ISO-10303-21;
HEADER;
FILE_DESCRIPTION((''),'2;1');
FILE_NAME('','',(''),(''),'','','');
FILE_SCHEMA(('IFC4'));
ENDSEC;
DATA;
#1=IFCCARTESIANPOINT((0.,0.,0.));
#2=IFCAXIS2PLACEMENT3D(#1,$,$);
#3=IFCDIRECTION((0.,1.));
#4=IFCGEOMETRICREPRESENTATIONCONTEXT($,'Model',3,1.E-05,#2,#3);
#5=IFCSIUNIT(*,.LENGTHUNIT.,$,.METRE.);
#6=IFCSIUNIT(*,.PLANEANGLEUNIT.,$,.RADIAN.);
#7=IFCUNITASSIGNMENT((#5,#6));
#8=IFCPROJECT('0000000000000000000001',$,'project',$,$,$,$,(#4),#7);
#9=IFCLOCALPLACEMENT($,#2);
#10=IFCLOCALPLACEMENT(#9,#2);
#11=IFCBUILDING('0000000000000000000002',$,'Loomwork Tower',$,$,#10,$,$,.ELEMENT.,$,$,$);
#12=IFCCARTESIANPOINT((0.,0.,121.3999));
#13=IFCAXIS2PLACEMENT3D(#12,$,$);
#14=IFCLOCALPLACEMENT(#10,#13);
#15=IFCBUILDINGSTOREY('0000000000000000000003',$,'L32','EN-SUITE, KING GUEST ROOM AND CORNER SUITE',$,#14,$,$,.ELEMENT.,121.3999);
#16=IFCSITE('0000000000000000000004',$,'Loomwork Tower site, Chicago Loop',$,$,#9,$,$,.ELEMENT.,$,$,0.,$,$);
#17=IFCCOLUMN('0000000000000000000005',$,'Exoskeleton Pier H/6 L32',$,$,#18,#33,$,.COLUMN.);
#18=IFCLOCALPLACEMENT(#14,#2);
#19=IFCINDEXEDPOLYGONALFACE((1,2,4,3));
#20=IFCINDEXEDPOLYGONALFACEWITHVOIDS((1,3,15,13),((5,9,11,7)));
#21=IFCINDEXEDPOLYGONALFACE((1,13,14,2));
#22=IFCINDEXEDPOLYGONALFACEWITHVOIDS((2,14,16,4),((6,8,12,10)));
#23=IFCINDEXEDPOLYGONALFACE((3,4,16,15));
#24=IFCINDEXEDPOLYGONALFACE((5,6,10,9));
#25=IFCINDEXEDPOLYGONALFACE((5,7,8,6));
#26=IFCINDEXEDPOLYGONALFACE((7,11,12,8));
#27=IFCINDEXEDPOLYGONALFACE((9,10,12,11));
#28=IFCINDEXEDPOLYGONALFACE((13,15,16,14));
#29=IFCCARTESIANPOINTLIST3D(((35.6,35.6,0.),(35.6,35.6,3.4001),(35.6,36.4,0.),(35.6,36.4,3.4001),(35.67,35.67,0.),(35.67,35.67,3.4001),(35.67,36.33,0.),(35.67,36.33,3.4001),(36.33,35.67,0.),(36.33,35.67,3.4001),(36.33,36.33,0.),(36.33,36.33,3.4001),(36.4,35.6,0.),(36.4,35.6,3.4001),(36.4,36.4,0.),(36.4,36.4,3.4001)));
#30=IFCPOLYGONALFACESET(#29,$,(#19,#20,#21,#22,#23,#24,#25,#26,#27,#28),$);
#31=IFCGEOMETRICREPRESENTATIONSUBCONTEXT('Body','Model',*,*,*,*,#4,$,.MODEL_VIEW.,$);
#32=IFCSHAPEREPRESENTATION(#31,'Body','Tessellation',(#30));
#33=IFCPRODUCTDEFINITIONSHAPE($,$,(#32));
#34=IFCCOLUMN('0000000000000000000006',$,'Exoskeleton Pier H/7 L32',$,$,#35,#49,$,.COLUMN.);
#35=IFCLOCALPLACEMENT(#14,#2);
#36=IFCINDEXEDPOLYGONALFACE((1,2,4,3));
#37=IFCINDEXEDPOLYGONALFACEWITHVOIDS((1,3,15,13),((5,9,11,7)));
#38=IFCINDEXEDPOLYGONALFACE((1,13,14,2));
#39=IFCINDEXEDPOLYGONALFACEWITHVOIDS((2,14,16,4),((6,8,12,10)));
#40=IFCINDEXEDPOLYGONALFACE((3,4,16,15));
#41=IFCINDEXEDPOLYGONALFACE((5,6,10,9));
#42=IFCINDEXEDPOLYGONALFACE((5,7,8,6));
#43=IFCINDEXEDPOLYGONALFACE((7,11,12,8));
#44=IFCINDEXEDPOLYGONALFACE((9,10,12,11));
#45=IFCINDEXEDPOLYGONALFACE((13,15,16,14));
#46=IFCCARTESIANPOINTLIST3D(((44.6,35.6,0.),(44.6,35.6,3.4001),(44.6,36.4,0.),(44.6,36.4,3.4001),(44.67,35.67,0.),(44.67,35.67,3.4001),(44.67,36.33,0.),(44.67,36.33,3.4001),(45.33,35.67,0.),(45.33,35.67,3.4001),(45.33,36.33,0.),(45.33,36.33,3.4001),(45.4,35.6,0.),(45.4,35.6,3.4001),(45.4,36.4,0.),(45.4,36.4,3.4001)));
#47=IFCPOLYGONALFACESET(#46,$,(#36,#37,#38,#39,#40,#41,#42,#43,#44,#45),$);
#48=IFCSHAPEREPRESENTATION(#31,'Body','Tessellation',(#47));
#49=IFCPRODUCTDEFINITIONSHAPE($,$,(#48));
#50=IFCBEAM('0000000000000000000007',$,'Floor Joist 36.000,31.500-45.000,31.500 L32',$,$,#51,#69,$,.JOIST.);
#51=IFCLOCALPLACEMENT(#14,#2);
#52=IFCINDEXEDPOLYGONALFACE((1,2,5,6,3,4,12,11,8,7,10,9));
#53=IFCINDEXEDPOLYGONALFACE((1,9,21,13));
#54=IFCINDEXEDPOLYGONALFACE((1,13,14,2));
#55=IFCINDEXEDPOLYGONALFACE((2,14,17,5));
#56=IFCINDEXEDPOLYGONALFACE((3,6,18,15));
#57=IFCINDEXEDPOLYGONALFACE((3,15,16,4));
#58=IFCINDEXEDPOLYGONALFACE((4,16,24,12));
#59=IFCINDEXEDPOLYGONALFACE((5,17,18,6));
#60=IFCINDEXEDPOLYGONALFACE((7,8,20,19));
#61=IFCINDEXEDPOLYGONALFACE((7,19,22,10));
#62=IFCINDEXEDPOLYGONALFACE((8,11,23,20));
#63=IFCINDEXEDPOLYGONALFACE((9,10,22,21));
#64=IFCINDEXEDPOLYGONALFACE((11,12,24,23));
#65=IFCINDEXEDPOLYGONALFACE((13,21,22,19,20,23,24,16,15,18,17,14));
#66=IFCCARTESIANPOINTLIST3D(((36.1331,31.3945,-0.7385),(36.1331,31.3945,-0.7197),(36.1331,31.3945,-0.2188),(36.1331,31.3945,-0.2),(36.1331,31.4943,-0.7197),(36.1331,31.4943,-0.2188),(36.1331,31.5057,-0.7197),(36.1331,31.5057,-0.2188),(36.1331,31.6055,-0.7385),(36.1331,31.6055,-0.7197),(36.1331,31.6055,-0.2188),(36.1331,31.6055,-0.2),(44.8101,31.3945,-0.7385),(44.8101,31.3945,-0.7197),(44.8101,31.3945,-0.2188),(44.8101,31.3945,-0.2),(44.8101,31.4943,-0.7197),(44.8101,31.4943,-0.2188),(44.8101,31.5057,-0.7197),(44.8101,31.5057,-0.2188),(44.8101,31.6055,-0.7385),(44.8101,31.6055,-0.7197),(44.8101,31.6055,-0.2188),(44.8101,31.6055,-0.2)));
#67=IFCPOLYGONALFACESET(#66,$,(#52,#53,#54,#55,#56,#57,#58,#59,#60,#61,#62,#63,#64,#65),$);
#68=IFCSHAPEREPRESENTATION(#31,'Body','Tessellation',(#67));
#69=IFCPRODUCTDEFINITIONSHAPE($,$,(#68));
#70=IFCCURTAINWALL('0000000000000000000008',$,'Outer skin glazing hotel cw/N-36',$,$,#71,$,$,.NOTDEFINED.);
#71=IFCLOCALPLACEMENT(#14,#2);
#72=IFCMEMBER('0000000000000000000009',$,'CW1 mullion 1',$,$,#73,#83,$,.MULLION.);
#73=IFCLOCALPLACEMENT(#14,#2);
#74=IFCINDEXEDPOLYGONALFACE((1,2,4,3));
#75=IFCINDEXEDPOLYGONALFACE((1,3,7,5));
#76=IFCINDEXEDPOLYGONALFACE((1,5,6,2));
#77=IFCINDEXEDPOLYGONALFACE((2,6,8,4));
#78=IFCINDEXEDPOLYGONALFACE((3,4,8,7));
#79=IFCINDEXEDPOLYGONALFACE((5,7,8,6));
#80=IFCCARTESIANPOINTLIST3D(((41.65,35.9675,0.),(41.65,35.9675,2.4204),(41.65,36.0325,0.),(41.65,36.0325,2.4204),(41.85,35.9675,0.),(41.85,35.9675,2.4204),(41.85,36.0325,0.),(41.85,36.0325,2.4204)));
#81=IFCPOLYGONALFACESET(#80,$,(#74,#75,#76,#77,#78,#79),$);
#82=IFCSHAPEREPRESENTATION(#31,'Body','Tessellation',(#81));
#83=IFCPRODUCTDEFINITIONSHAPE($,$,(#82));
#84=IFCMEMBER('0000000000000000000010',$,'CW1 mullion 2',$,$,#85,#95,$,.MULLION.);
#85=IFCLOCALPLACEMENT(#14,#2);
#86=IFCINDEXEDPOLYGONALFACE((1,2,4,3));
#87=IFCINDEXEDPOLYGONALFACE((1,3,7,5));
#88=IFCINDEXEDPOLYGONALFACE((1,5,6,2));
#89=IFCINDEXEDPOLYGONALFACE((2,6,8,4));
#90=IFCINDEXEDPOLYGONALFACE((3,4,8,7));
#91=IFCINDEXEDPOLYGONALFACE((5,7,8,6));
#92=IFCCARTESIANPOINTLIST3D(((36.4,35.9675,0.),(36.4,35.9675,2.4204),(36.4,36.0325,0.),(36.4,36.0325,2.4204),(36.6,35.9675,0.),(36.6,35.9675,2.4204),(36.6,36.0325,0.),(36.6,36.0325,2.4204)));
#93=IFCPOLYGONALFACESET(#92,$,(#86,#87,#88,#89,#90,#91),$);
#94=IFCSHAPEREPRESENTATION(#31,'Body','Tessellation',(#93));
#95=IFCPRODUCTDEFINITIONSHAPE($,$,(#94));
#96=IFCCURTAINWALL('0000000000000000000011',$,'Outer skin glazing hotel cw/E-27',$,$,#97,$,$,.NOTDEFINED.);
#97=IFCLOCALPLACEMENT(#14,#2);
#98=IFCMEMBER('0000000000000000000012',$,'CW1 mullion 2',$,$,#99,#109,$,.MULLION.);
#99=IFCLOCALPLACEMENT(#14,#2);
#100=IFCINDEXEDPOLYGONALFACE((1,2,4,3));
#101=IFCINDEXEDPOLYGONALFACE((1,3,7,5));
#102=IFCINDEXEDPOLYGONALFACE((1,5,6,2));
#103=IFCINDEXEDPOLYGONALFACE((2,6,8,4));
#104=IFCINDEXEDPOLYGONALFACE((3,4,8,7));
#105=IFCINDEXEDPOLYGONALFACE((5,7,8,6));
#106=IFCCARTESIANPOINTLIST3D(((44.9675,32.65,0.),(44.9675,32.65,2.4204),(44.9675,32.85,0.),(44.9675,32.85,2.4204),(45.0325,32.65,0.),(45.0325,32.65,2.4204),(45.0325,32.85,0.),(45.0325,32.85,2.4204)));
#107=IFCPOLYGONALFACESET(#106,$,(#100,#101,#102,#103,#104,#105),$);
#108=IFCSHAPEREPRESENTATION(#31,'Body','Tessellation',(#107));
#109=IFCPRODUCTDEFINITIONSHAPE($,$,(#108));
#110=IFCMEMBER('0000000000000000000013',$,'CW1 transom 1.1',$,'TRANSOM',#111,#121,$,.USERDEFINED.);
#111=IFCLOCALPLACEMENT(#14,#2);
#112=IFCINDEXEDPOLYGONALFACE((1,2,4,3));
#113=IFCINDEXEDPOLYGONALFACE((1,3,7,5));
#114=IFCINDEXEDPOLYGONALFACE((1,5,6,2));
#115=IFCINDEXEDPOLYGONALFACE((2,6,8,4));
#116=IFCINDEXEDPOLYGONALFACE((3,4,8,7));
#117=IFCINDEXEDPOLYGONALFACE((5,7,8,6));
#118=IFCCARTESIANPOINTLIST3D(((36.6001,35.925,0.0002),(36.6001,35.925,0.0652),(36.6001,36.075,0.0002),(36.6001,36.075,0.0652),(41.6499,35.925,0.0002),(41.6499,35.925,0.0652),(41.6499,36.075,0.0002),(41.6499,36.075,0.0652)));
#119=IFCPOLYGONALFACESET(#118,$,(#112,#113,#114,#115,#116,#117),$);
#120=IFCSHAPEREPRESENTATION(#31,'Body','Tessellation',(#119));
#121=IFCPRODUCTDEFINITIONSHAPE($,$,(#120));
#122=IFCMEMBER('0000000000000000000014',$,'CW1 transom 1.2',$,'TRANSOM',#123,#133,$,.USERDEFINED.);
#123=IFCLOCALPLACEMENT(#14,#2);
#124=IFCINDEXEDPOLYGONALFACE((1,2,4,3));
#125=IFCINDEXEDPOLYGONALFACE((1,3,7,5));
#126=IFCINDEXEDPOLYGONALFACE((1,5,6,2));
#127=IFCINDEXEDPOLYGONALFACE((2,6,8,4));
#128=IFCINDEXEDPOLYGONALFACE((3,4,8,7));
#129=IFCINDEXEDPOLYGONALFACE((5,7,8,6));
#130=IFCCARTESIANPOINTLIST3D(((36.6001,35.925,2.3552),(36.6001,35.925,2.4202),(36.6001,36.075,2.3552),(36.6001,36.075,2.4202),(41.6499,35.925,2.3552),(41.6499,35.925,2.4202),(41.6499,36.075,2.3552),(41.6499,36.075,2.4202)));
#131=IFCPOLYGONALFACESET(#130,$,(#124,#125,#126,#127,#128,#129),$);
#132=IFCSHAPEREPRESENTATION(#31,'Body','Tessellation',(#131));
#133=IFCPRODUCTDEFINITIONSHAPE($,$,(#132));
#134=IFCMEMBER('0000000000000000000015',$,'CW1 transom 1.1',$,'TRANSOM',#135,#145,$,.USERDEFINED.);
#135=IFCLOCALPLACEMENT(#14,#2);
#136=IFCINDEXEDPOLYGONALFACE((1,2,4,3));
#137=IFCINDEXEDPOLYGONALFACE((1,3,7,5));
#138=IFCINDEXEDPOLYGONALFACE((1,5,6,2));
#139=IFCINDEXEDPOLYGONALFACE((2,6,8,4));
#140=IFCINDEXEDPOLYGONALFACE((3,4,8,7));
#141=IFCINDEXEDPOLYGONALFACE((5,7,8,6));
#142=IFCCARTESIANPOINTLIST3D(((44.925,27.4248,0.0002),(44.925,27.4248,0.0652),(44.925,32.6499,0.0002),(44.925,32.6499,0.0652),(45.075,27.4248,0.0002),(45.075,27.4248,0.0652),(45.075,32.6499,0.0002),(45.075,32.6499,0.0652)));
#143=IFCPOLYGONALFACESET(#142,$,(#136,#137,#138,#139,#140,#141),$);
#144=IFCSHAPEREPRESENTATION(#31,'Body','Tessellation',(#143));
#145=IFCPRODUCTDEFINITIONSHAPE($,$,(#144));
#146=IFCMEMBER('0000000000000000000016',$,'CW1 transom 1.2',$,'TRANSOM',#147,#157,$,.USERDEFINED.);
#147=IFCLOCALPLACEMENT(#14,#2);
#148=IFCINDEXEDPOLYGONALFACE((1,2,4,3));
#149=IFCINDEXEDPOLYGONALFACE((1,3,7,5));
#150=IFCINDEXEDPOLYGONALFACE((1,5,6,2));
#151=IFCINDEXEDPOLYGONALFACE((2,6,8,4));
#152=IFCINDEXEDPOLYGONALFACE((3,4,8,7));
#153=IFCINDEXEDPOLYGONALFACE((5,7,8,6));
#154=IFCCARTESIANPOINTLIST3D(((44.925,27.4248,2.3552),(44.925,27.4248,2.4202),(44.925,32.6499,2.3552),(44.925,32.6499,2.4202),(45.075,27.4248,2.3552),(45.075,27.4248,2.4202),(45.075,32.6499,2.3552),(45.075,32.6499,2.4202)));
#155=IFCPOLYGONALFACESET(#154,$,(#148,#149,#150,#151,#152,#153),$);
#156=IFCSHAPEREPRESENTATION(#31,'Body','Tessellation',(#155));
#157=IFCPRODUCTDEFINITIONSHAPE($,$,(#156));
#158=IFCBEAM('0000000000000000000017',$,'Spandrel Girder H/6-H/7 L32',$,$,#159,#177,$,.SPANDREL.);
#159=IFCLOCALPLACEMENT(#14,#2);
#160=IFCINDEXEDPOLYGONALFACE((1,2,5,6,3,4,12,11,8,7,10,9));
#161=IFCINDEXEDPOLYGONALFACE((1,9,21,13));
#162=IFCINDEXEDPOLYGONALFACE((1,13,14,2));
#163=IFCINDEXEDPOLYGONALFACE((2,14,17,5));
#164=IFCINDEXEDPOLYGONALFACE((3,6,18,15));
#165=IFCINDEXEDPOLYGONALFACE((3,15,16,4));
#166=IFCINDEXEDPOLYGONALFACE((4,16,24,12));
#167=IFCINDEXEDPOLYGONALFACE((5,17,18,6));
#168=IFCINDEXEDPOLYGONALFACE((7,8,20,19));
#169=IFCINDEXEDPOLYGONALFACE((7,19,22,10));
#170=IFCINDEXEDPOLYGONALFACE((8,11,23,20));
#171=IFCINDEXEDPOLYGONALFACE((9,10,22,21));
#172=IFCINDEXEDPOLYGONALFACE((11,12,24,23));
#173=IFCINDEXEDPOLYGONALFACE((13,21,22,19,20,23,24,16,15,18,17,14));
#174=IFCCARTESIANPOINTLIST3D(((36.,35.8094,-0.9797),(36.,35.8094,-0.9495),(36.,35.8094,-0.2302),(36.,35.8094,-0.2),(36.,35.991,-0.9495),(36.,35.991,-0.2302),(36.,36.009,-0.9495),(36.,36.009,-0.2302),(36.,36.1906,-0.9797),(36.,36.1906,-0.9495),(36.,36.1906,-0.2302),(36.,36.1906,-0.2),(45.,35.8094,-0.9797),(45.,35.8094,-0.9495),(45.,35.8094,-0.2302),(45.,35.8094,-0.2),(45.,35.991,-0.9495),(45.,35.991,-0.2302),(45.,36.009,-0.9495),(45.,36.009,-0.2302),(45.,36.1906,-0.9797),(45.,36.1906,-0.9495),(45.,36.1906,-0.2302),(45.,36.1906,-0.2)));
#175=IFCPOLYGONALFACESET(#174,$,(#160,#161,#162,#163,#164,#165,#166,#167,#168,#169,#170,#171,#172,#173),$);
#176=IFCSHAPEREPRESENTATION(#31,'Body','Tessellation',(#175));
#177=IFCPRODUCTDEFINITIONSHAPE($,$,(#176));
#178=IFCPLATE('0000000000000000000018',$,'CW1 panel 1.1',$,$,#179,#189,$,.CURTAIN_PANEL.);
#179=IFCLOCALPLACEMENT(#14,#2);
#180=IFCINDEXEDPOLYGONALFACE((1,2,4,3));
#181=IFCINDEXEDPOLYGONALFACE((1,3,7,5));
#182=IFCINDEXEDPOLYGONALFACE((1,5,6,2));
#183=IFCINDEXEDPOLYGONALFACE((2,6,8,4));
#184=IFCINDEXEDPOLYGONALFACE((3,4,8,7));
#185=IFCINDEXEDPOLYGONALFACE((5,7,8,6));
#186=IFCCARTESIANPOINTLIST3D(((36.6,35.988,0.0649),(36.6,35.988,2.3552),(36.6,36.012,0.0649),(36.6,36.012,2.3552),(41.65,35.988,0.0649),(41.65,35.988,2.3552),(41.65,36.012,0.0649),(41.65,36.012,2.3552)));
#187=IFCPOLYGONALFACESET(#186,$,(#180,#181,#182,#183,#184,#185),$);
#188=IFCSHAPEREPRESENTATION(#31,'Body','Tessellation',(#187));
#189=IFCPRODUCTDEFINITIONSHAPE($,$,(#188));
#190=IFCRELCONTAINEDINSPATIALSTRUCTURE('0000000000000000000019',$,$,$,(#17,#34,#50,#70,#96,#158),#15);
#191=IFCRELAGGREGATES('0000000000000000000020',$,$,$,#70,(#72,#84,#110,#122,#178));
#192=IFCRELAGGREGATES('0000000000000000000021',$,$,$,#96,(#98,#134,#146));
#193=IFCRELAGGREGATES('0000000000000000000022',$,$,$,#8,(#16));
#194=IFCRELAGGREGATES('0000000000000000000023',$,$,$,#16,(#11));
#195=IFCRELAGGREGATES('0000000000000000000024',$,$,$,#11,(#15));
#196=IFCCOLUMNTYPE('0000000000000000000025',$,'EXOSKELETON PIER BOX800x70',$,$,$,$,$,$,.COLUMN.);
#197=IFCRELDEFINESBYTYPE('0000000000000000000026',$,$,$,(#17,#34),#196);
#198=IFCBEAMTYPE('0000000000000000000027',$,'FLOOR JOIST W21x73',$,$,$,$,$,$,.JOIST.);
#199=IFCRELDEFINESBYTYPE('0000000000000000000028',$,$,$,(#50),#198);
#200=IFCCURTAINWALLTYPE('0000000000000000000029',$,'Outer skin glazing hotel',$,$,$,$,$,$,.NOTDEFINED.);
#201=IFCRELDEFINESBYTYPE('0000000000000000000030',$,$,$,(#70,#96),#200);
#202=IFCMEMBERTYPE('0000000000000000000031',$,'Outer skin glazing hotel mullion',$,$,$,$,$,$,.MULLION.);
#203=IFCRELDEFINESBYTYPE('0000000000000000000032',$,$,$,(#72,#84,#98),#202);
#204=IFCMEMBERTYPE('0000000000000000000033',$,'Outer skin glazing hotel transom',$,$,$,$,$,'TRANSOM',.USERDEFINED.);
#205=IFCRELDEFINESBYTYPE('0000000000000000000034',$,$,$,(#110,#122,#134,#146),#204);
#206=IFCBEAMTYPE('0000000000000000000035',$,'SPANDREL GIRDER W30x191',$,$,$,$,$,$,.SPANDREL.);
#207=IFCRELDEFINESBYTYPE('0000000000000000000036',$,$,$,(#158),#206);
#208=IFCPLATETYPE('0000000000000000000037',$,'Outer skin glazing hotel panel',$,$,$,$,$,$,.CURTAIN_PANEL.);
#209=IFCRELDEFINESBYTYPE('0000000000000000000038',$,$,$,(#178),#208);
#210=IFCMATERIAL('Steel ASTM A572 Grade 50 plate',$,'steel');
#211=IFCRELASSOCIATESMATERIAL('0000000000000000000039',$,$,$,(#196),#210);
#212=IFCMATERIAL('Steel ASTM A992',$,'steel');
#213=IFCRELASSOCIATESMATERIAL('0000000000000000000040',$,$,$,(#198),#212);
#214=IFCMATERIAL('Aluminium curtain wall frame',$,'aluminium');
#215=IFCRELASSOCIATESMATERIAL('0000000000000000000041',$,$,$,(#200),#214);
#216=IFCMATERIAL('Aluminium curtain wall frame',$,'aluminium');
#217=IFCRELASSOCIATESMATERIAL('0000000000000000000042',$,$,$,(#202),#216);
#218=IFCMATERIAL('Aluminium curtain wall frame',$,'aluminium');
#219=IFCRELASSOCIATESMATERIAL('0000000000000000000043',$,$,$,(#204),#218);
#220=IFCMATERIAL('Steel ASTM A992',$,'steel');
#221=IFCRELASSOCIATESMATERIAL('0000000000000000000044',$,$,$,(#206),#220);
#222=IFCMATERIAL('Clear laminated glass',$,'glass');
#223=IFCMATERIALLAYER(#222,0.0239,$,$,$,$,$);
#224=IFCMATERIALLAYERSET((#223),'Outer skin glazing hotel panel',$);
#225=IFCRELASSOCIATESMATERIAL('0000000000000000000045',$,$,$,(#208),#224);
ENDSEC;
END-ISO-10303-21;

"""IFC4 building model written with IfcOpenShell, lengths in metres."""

from ifc_helpers import new_model, si_unit, direction, frame, origin, origin_2d, place, context, subcontext, project, spatial, rectangle, hollow_rectangle, i_section, extrude, material, layer, layer_set, material_profile, profile_set, type_object, element, aggregate, save


model = new_model("IFC4")

# Units and contexts
model_context = context("Model", 3, precision=1e-05, world=origin(), true_north=direction((0.0, 1.0)))
body_context = subcontext(model_context, "Body", "Model", "MODEL_VIEW")
ifc_project = project(units=[si_unit("LENGTHUNIT", "METRE"), si_unit("PLANEANGLEUNIT", "RADIAN")], contexts=[model_context])

# Site, building, storey
site_placement = place(None, origin())
site = spatial("IfcSite", under=ifc_project, at=site_placement, Name="Loomwork Tower site, Chicago Loop", CompositionType="ELEMENT", RefElevation=0.0)
building_placement = place(site_placement, origin())
building = spatial("IfcBuilding", under=site, at=building_placement, Name="Loomwork Tower", CompositionType="ELEMENT")
storey_placement = place(building_placement, frame((0.0, 0.0, 121.3999)))
storey = spatial("IfcBuildingStorey", under=building, at=storey_placement, Name="L32", Description="EN-SUITE, KING GUEST ROOM AND CORNER SUITE", CompositionType="ELEMENT", Elevation=121.3999)

# Columns
ifc_material_1 = material(Name="Steel ASTM A572 Grade 50 plate", Category="steel")
ifc_material_profile_1 = material_profile(ifc_material_1, hollow_rectangle(XDim=0.8, YDim=0.8, WallThickness=0.0701, at=origin_2d()), Name="BOX800x70")
ifc_profile_set_1 = profile_set([ifc_material_profile_1], Name="Steel ASTM A572 Grade 50 plate")
column_type = type_object("IfcColumnType", Name="EXOSKELETON PIER BOX800x70", PredefinedType="COLUMN", material=ifc_profile_set_1)
for number, where, z_axis, x_axis, name in (
    (1, (36.0, 36.0, 0.0), (0.0, 0.0, 1.0), (1.0, 0.0, 0.0), "Exoskeleton Pier H/6 L32"),
    (2, (45.0, 36.0, 0.0), (0.0, 0.0, 1.0), (1.0, 0.0, 0.0), "Exoskeleton Pier H/7 L32"),
):
    element("IfcColumn", number, at=place(storey_placement, frame(where, z_axis=z_axis, x_axis=x_axis)), inside=storey, type_object=column_type, Name=name, PredefinedType="COLUMN", context=body_context, shape_type="SweptSolid", body=[
        extrude(hollow_rectangle(XDim=0.8, YDim=0.8, WallThickness=0.0701, at=origin_2d()), origin(), (0.0, 0.0, 1.0), 3.4001),
    ])

# Beam
ifc_material_2 = material(Name="Steel ASTM A992", Category="steel")
ifc_material_profile_2 = material_profile(ifc_material_2, i_section(OverallWidth=0.2109, OverallDepth=0.5386, WebThickness=0.0115, FlangeThickness=0.0188, at=origin_2d()), Name="W21x73")
ifc_profile_set_2 = profile_set([ifc_material_profile_2], Name="Steel ASTM A992")
beam_type_1 = type_object("IfcBeamType", Name="FLOOR JOIST W21x73", PredefinedType="JOIST", material=ifc_profile_set_2)
beam_1_placement = place(storey_placement, frame((36.1331, 31.5, -0.4692), z_axis=(1.0, 0.0, 0.0), x_axis=(0.0, 1.0, 0.0)))
element("IfcBeam", 3, at=beam_1_placement, inside=storey, type_object=beam_type_1, Name="Floor Joist 36.000,31.500-45.000,31.500 L32", PredefinedType="JOIST", context=body_context, shape_type="SweptSolid", body=[
    extrude(i_section(OverallWidth=0.2109, OverallDepth=0.5386, WebThickness=0.0115, FlangeThickness=0.0188, at=origin_2d()), origin(), (0.0, 0.0, 1.0), 8.677),
])

# Curtain wall, members
ifc_material_3 = material(Name="Aluminium curtain wall frame", Category="aluminium")
curtain_wall_type = type_object("IfcCurtainWallType", Name="Outer skin glazing hotel", PredefinedType="NOTDEFINED", material=ifc_material_3)
curtain_wall_1_placement = place(storey_placement, origin())
curtain_wall_1 = element("IfcCurtainWall", 4, at=curtain_wall_1_placement, inside=storey, type_object=curtain_wall_type, Name="Outer skin glazing hotel cw/N-36", PredefinedType="NOTDEFINED")
ifc_material_4 = material(Name="Aluminium curtain wall frame", Category="aluminium")
ifc_material_profile_3 = material_profile(ifc_material_4, rectangle(XDim=0.0649, YDim=0.2, at=origin_2d()), Name="AL 65x200")
ifc_profile_set_3 = profile_set([ifc_material_profile_3], Name="Aluminium curtain wall frame")
member_type_1 = type_object("IfcMemberType", Name="Outer skin glazing hotel mullion", PredefinedType="MULLION", material=ifc_profile_set_3)
member_1_placement = place(storey_placement, frame((41.75, 36.0, 0.0), z_axis=(0.0, 0.0, 1.0), x_axis=(0.0, -1.0, 0.0)))
member_1 = element("IfcMember", 5, at=member_1_placement, type_object=member_type_1, Name="CW1 mullion 1", PredefinedType="MULLION", context=body_context, shape_type="SweptSolid", body=[
    extrude(rectangle(XDim=0.0649, YDim=0.2, at=origin_2d()), origin(), (0.0, 0.0, 1.0), 2.4204),
])
member_2_placement = place(storey_placement, frame((36.5, 36.0, 0.0), z_axis=(0.0, 0.0, 1.0), x_axis=(0.0, -1.0, 0.0)))
member_2 = element("IfcMember", 6, at=member_2_placement, type_object=member_type_1, Name="CW1 mullion 2", PredefinedType="MULLION", context=body_context, shape_type="SweptSolid", body=[
    extrude(rectangle(XDim=0.0649, YDim=0.2, at=origin_2d()), origin(), (0.0, 0.0, 1.0), 2.4204),
])

# Curtain wall, member
curtain_wall_2_placement = place(storey_placement, origin())
curtain_wall_2 = element("IfcCurtainWall", 7, at=curtain_wall_2_placement, inside=storey, type_object=curtain_wall_type, Name="Outer skin glazing hotel cw/E-27", PredefinedType="NOTDEFINED")
member_3_placement = place(storey_placement, frame((45.0, 32.75, 0.0), z_axis=(0.0, 0.0, 1.0), x_axis=(-1.0, 0.0, 0.0)))
member_3 = element("IfcMember", 8, at=member_3_placement, type_object=member_type_1, Name="CW1 mullion 2", PredefinedType="MULLION", context=body_context, shape_type="SweptSolid", body=[
    extrude(rectangle(XDim=0.0649, YDim=0.2, at=origin_2d()), origin(), (0.0, 0.0, 1.0), 2.4204),
])

# Members
ifc_material_5 = material(Name="Aluminium curtain wall frame", Category="aluminium")
ifc_material_profile_4 = material_profile(ifc_material_5, rectangle(XDim=0.1499, YDim=0.0649, at=origin_2d()), Name="AL 65x150")
ifc_profile_set_4 = profile_set([ifc_material_profile_4], Name="Aluminium curtain wall frame")
member_type_2 = type_object("IfcMemberType", Name="Outer skin glazing hotel transom", ElementType="TRANSOM", PredefinedType="USERDEFINED", material=ifc_profile_set_4)
member_4_placement = place(storey_placement, frame((41.6499, 36.0, 0.0327), z_axis=(-1.0, 0.0, 0.0), x_axis=(0.0, -1.0, 0.0)))
member_4 = element("IfcMember", 9, at=member_4_placement, type_object=member_type_2, Name="CW1 transom 1.1", ObjectType="TRANSOM", PredefinedType="USERDEFINED", context=body_context, shape_type="SweptSolid", body=[
    extrude(rectangle(XDim=0.1499, YDim=0.0649, at=origin_2d()), origin(), (0.0, 0.0, 1.0), 5.0498),
])
member_5_placement = place(storey_placement, frame((41.6499, 36.0, 2.3877), z_axis=(-1.0, 0.0, 0.0), x_axis=(0.0, -1.0, 0.0)))
member_5 = element("IfcMember", 10, at=member_5_placement, type_object=member_type_2, Name="CW1 transom 1.2", ObjectType="TRANSOM", PredefinedType="USERDEFINED", context=body_context, shape_type="SweptSolid", body=[
    extrude(rectangle(XDim=0.1499, YDim=0.0649, at=origin_2d()), origin(), (0.0, 0.0, 1.0), 5.0498),
])
member_6_placement = place(storey_placement, frame((45.0, 27.4248, 0.0327), z_axis=(0.0, 1.0, 0.0), x_axis=(-1.0, 0.0, 0.0)))
member_6 = element("IfcMember", 11, at=member_6_placement, type_object=member_type_2, Name="CW1 transom 1.1", ObjectType="TRANSOM", PredefinedType="USERDEFINED", context=body_context, shape_type="SweptSolid", body=[
    extrude(rectangle(XDim=0.1499, YDim=0.0649, at=origin_2d()), origin(), (0.0, 0.0, 1.0), 5.2251),
])
member_7_placement = place(storey_placement, frame((45.0, 27.4248, 2.3877), z_axis=(0.0, 1.0, 0.0), x_axis=(-1.0, 0.0, 0.0)))
member_7 = element("IfcMember", 12, at=member_7_placement, type_object=member_type_2, Name="CW1 transom 1.2", ObjectType="TRANSOM", PredefinedType="USERDEFINED", context=body_context, shape_type="SweptSolid", body=[
    extrude(rectangle(XDim=0.1499, YDim=0.0649, at=origin_2d()), origin(), (0.0, 0.0, 1.0), 5.2251),
])

# Beam
ifc_material_6 = material(Name="Steel ASTM A992", Category="steel")
ifc_material_profile_5 = material_profile(ifc_material_6, i_section(OverallWidth=0.3811, OverallDepth=0.7798, WebThickness=0.0181, FlangeThickness=0.0303, at=origin_2d()), Name="W30x191")
ifc_profile_set_5 = profile_set([ifc_material_profile_5], Name="Steel ASTM A992")
beam_type_2 = type_object("IfcBeamType", Name="SPANDREL GIRDER W30x191", PredefinedType="SPANDREL", material=ifc_profile_set_5)
beam_2_placement = place(storey_placement, frame((36.0, 36.0, -0.5898), z_axis=(1.0, 0.0, 0.0), x_axis=(0.0, 1.0, 0.0)))
element("IfcBeam", 13, at=beam_2_placement, inside=storey, type_object=beam_type_2, Name="Spandrel Girder H/6-H/7 L32", PredefinedType="SPANDREL", context=body_context, shape_type="SweptSolid", body=[
    extrude(i_section(OverallWidth=0.3811, OverallDepth=0.7798, WebThickness=0.0181, FlangeThickness=0.0303, at=origin_2d()), origin(), (0.0, 0.0, 1.0), 9.0),
])

# Plate
ifc_material_7 = material(Name="Clear laminated glass", Category="glass")
ifc_layer_1 = layer(ifc_material_7, 0.0239)
ifc_layer_set_1 = layer_set([ifc_layer_1], Name="Outer skin glazing hotel panel")
plate_type = type_object("IfcPlateType", Name="Outer skin glazing hotel panel", PredefinedType="CURTAIN_PANEL", material=ifc_layer_set_1)
plate_1_placement = place(storey_placement, frame((39.125, 36.0, 0.0649), z_axis=(0.0, 0.0, 1.0), x_axis=(-1.0, 0.0, 0.0)))
plate_1 = element("IfcPlate", 14, at=plate_1_placement, type_object=plate_type, Name="CW1 panel 1.1", PredefinedType="CURTAIN_PANEL", context=body_context, shape_type="SweptSolid", body=[
    extrude(rectangle(XDim=5.05, YDim=0.0239, at=origin_2d()), origin(), (0.0, 0.0, 1.0), 2.2903),
])
aggregate(curtain_wall_1, [member_1, member_2, member_4, member_5, plate_1])
aggregate(curtain_wall_2, [member_3, member_6, member_7])

save(model, "model.ifc")
